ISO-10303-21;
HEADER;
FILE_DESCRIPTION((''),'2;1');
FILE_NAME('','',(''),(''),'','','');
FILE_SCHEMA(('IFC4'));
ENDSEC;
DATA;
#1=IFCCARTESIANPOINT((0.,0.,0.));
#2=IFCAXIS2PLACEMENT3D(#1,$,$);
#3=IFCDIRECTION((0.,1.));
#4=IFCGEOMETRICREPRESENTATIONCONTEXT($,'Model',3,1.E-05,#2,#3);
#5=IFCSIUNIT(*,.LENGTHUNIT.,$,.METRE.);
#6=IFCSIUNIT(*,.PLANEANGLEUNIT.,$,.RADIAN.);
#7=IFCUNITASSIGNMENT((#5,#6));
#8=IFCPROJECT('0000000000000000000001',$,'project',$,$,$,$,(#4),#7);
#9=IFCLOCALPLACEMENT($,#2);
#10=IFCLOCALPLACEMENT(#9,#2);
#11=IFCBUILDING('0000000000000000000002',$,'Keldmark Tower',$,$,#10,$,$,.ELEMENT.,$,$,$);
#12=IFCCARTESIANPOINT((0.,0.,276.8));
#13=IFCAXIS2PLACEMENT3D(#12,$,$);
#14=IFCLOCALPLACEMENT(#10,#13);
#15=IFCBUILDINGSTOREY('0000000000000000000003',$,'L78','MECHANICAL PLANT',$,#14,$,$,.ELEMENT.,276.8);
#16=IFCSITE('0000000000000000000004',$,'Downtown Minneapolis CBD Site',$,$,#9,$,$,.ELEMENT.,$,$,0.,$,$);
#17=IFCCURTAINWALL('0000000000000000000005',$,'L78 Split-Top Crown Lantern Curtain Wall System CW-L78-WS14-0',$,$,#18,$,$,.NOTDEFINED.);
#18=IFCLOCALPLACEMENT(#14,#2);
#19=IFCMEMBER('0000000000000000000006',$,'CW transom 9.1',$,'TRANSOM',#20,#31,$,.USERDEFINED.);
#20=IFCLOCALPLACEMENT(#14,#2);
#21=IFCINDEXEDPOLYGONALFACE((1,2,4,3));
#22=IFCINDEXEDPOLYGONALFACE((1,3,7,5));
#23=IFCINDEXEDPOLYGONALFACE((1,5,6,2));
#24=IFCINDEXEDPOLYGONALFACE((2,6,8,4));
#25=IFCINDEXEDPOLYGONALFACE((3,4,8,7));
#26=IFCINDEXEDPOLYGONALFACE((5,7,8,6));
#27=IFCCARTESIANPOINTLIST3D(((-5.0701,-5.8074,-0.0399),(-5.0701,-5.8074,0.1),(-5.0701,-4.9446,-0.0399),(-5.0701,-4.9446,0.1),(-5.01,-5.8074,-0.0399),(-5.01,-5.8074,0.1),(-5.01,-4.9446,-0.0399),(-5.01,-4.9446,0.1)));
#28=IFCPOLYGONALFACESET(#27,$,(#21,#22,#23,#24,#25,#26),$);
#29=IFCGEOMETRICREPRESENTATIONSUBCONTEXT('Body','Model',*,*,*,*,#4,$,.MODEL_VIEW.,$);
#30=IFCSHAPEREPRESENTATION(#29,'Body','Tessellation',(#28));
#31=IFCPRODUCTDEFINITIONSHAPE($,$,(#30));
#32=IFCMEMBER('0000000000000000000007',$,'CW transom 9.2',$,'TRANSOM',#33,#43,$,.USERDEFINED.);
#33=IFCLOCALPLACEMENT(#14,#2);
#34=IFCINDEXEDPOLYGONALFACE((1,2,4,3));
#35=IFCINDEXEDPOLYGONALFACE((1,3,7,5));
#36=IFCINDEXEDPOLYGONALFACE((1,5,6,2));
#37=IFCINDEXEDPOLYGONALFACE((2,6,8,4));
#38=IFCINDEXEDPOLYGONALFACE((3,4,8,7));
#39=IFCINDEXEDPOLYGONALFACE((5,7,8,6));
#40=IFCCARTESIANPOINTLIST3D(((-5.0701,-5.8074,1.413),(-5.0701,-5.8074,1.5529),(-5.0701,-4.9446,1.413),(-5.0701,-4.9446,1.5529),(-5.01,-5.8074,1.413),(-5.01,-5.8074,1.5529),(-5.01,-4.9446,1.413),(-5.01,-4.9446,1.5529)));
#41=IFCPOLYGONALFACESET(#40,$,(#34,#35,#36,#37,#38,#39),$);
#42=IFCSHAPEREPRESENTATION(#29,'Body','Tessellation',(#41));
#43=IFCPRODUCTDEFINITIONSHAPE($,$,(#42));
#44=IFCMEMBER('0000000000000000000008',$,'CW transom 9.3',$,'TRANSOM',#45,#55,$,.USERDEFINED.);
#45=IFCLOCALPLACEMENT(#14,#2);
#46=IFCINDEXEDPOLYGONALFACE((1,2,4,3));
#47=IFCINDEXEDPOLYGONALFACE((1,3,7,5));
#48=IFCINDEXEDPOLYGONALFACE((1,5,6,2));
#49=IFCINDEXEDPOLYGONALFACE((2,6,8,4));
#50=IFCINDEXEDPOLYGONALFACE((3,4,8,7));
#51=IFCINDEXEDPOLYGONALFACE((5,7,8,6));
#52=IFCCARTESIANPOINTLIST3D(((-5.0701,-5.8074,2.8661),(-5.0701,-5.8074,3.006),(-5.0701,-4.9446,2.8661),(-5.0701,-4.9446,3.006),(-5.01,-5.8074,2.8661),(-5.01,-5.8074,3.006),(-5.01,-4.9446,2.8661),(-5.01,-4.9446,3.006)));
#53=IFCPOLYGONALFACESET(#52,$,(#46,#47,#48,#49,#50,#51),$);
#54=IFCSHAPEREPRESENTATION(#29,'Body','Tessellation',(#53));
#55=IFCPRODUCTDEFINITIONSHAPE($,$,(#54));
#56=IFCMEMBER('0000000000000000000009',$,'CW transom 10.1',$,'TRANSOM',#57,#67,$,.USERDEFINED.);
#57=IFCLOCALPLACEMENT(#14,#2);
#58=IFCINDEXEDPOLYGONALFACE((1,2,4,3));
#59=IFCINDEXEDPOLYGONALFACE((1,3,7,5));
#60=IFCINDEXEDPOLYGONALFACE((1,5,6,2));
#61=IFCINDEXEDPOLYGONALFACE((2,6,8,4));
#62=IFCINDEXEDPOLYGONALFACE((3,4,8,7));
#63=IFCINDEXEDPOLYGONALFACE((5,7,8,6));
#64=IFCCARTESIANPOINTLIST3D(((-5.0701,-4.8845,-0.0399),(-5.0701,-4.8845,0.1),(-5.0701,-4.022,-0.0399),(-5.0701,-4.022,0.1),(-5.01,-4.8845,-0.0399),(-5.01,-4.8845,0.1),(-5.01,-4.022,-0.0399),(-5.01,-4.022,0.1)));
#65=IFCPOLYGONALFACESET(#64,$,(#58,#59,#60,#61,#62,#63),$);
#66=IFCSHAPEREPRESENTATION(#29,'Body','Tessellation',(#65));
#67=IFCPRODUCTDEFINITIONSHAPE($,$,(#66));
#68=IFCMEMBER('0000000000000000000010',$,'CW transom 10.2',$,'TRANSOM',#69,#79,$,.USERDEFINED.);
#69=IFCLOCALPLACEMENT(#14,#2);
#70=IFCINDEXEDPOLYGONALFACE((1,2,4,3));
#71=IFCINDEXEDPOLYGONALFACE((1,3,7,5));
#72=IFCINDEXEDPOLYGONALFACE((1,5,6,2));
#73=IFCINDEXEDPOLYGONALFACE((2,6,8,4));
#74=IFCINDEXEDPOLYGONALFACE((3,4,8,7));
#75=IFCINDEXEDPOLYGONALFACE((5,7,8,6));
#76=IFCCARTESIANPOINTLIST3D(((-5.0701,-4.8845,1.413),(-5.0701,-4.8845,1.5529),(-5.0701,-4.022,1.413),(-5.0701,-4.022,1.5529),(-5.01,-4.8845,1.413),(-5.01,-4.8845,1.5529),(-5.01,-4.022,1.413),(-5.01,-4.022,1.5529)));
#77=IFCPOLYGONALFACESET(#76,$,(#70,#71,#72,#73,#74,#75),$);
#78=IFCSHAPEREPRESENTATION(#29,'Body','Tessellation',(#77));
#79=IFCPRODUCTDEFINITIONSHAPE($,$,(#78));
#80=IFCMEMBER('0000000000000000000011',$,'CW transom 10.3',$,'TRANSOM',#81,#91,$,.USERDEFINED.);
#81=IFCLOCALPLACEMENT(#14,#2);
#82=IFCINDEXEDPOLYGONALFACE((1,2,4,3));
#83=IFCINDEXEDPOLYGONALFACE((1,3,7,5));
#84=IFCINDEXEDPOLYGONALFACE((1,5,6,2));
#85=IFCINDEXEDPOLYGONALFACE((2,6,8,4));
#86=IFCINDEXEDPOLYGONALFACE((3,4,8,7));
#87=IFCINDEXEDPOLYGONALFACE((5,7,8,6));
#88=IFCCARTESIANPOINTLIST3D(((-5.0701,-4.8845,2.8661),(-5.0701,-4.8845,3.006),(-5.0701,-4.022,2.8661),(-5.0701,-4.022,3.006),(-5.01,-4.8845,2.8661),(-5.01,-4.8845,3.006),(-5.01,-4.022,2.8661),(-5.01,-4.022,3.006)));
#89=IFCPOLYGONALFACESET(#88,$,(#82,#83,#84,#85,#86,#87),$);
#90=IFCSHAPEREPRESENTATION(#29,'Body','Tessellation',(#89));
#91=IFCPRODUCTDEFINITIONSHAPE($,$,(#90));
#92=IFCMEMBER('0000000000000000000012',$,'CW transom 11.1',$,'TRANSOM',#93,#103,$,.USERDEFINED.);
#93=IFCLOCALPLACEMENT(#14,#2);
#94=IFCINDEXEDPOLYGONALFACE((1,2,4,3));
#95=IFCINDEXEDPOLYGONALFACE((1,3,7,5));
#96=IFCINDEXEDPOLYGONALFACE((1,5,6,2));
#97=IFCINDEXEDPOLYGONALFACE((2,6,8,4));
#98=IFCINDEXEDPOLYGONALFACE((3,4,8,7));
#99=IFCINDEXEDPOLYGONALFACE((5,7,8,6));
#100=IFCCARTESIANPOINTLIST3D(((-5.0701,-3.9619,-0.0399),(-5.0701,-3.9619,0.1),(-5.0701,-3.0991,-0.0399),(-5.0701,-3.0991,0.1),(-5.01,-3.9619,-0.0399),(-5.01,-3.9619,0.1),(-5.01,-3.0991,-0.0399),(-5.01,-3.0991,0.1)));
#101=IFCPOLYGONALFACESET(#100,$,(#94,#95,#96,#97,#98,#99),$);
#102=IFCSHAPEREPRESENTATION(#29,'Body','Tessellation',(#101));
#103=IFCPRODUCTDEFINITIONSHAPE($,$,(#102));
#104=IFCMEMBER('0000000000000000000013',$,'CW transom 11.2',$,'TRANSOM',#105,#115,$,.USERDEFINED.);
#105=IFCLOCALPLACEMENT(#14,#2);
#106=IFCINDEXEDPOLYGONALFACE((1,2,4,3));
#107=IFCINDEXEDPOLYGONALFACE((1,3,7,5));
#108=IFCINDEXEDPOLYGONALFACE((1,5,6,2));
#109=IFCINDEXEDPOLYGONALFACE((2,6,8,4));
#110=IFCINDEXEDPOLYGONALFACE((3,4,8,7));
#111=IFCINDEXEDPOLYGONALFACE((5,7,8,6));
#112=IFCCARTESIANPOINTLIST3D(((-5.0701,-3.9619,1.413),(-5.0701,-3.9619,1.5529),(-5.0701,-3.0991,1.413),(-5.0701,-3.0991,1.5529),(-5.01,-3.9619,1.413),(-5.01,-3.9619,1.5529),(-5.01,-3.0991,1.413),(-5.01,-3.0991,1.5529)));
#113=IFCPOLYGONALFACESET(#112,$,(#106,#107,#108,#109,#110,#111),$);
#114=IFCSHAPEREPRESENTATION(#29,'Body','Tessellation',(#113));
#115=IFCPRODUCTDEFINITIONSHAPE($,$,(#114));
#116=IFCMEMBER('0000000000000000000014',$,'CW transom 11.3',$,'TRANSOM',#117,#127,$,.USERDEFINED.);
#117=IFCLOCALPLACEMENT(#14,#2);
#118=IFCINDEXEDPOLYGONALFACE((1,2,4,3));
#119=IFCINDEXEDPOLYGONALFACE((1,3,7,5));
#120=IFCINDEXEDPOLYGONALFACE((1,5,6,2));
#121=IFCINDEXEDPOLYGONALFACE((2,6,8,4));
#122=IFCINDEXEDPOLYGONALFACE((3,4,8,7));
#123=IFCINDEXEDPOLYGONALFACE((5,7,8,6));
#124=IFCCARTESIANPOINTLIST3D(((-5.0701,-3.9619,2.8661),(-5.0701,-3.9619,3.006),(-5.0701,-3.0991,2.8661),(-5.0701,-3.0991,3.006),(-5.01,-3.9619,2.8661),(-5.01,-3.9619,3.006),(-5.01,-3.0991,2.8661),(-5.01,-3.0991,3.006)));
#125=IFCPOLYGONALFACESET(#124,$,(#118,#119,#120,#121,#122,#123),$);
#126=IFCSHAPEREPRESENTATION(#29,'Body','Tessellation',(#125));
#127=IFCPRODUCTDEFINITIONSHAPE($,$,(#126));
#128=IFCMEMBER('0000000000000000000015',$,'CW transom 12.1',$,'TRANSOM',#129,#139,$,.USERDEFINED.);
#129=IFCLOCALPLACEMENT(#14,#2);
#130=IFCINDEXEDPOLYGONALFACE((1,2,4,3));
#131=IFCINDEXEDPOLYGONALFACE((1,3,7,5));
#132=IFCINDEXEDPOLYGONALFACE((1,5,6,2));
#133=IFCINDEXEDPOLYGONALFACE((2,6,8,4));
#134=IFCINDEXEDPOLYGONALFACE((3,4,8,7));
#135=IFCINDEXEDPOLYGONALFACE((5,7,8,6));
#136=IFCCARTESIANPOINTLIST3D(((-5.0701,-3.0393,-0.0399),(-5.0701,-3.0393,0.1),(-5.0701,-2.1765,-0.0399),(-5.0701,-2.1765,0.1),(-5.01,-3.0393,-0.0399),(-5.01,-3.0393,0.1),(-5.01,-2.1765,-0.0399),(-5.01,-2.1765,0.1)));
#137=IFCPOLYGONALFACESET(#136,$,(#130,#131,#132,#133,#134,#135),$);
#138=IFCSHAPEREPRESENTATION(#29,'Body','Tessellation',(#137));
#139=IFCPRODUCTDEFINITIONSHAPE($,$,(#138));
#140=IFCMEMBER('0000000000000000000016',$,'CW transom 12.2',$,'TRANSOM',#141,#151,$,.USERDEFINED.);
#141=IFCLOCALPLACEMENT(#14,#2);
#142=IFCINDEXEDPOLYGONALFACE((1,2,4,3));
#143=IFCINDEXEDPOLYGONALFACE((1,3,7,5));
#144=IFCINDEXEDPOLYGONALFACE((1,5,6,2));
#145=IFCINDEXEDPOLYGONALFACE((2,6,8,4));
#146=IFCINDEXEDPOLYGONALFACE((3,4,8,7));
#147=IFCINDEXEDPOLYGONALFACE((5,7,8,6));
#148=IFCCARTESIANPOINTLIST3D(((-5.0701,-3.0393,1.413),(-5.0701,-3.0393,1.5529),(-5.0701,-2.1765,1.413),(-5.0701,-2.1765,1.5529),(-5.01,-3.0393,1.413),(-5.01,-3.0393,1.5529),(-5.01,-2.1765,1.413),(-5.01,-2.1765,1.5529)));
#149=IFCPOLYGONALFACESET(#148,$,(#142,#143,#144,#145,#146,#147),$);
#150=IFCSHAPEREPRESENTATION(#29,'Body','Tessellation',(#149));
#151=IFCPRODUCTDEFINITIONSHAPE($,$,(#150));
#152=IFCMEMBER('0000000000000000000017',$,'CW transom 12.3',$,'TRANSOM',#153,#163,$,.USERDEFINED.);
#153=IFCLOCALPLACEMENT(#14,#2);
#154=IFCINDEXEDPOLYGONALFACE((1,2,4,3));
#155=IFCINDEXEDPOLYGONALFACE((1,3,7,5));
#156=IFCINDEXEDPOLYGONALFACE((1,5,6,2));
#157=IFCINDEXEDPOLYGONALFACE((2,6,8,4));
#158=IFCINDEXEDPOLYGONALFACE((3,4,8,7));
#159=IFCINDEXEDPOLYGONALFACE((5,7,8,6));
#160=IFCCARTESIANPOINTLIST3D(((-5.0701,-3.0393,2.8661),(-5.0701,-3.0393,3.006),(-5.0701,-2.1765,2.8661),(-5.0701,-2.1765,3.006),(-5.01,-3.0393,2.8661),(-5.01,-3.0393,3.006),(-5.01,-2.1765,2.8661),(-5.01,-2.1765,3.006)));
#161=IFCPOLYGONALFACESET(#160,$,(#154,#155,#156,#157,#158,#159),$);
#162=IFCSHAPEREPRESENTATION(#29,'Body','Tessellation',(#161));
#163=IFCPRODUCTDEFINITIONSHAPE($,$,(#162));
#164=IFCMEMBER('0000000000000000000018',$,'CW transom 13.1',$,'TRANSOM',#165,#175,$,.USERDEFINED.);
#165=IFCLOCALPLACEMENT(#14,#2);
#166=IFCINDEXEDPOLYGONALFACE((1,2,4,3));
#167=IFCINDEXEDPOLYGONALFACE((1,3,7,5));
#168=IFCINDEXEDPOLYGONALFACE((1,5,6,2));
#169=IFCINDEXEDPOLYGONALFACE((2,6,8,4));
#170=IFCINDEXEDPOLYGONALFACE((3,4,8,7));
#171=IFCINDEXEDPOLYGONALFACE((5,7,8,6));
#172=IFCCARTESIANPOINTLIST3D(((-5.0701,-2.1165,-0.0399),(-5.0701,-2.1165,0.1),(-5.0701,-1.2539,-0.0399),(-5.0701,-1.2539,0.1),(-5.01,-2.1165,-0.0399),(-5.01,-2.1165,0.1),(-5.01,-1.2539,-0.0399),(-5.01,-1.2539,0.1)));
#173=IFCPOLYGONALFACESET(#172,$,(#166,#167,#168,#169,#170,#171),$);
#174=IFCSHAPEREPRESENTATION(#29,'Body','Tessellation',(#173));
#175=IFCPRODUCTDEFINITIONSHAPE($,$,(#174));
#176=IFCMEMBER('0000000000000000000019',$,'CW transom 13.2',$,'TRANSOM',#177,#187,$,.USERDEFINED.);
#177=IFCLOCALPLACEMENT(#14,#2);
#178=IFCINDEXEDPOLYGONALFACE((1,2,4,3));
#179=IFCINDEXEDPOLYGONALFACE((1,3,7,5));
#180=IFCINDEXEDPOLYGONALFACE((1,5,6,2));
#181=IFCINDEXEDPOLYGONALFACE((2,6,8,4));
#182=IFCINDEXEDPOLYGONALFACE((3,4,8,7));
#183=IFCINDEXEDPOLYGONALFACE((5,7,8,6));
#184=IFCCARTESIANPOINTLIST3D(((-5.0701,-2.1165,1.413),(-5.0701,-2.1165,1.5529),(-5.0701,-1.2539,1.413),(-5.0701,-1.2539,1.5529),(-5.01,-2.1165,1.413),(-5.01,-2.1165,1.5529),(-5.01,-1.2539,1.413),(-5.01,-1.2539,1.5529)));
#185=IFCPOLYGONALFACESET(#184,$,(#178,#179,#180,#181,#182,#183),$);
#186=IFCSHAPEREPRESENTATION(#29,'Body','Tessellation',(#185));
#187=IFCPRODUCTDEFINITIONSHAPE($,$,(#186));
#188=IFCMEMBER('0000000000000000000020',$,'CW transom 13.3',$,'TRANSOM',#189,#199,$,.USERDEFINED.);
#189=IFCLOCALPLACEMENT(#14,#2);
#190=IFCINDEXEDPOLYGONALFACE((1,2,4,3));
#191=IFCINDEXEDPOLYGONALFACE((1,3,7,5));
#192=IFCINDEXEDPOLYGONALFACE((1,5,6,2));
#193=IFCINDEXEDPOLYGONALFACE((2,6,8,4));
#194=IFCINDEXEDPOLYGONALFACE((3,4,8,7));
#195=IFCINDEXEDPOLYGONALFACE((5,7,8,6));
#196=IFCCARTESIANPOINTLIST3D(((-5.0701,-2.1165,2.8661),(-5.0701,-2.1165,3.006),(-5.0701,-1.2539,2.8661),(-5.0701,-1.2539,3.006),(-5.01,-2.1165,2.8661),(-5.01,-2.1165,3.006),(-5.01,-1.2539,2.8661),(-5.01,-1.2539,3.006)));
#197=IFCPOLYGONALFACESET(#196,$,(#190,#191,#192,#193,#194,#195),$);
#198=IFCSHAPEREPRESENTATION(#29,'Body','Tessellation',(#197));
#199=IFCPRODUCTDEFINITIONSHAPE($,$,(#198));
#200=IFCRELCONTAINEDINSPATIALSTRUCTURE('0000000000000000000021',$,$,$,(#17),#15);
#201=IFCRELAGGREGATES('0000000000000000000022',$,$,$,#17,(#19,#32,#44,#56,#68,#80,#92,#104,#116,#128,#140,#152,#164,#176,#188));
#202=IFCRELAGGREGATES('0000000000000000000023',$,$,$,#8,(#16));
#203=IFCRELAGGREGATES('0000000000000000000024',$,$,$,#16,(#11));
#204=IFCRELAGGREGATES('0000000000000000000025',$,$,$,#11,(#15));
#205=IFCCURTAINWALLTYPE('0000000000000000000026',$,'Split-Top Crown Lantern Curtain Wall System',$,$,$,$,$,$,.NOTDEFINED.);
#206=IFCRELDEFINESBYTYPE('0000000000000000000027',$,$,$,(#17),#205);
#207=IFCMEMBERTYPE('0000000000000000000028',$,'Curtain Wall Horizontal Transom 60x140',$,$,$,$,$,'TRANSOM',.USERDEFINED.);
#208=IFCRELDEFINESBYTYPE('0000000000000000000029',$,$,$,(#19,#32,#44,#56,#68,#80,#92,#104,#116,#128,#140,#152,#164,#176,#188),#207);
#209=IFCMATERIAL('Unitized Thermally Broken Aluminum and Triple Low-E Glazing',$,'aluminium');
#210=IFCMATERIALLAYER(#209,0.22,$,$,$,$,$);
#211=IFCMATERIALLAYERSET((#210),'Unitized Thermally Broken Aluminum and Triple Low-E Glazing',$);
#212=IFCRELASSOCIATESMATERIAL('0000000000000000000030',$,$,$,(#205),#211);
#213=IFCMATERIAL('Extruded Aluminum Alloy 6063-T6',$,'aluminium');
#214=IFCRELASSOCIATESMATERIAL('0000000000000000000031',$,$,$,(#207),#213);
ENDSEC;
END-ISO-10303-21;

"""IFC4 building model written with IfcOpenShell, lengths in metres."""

from ifc_helpers import new_model, si_unit, direction, frame, origin, origin_2d, place, context, subcontext, project, spatial, rectangle, extrude, material, layer, layer_set, material_profile, profile_set, type_object, element, aggregate, save


model = new_model("IFC4")

# Units and contexts
model_context = context("Model", 3, precision=1e-05, world=origin(), true_north=direction((0.0, 1.0)))
body_context = subcontext(model_context, "Body", "Model", "MODEL_VIEW")
ifc_project = project(units=[si_unit("LENGTHUNIT", "METRE"), si_unit("PLANEANGLEUNIT", "RADIAN")], contexts=[model_context])

# Site, building, storey
site_placement = place(None, origin())
site = spatial("IfcSite", under=ifc_project, at=site_placement, Name="Downtown Minneapolis CBD Site", CompositionType="ELEMENT", RefElevation=0.0)
building_placement = place(site_placement, origin())
building = spatial("IfcBuilding", under=site, at=building_placement, Name="Keldmark Tower", CompositionType="ELEMENT")
storey_placement = place(building_placement, frame((0.0, 0.0, 276.8)))
storey = spatial("IfcBuildingStorey", under=building, at=storey_placement, Name="L78", Description="MECHANICAL PLANT", CompositionType="ELEMENT", Elevation=276.8)

# Curtain wall, members
ifc_material_1 = material(Name="Unitized Thermally Broken Aluminum and Triple Low-E Glazing", Category="aluminium")
ifc_layer_1 = layer(ifc_material_1, 0.22)
ifc_layer_set_1 = layer_set([ifc_layer_1], Name="Unitized Thermally Broken Aluminum and Triple Low-E Glazing")
curtain_wall_type = type_object("IfcCurtainWallType", Name="Split-Top Crown Lantern Curtain Wall System", PredefinedType="NOTDEFINED", material=ifc_layer_set_1)
curtain_wall_placement = place(storey_placement, origin())
curtain_wall = element("IfcCurtainWall", 1, at=curtain_wall_placement, inside=storey, type_object=curtain_wall_type, Name="L78 Split-Top Crown Lantern Curtain Wall System CW-L78-WS14-0", PredefinedType="NOTDEFINED")
ifc_material_2 = material(Name="Extruded Aluminum Alloy 6063-T6", Category="aluminium")
ifc_material_profile_1 = material_profile(ifc_material_2, rectangle(XDim=0.0601, YDim=0.1399, at=origin_2d()), Name="CWT60X140")
ifc_profile_set_1 = profile_set([ifc_material_profile_1], Name="Extruded Aluminum Alloy 6063-T6")
member_type_1 = type_object("IfcMemberType", Name="Curtain Wall Horizontal Transom 60x140", ElementType="TRANSOM", PredefinedType="USERDEFINED", material=ifc_profile_set_1)
member_1_placement = place(storey_placement, frame((-5.04, -5.8074, 0.03), z_axis=(0.0, 1.0, 0.0), x_axis=(-1.0, 0.0, 0.0)))
member_1 = element("IfcMember", 2, at=member_1_placement, type_object=member_type_1, Name="CW transom 9.1", ObjectType="TRANSOM", PredefinedType="USERDEFINED", context=body_context, shape_type="SweptSolid", body=[
    extrude(rectangle(XDim=0.0601, YDim=0.1399, at=origin_2d()), origin(), (0.0, 0.0, 1.0), 0.8628),
])
member_2_placement = place(storey_placement, frame((-5.04, -5.8074, 1.4829), z_axis=(0.0, 1.0, 0.0), x_axis=(-1.0, 0.0, 0.0)))
member_2 = element("IfcMember", 3, at=member_2_placement, type_object=member_type_1, Name="CW transom 9.2", ObjectType="TRANSOM", PredefinedType="USERDEFINED", context=body_context, shape_type="SweptSolid", body=[
    extrude(rectangle(XDim=0.0601, YDim=0.1399, at=origin_2d()), origin(), (0.0, 0.0, 1.0), 0.8628),
])
member_3_placement = place(storey_placement, frame((-5.04, -5.8074, 2.936), z_axis=(0.0, 1.0, 0.0), x_axis=(-1.0, 0.0, 0.0)))
member_3 = element("IfcMember", 4, at=member_3_placement, type_object=member_type_1, Name="CW transom 9.3", ObjectType="TRANSOM", PredefinedType="USERDEFINED", context=body_context, shape_type="SweptSolid", body=[
    extrude(rectangle(XDim=0.0601, YDim=0.1399, at=origin_2d()), origin(), (0.0, 0.0, 1.0), 0.8628),
])
member_4_placement = place(storey_placement, frame((-5.04, -4.8845, 0.03), z_axis=(0.0, 1.0, 0.0), x_axis=(-1.0, 0.0, 0.0)))
member_4 = element("IfcMember", 5, at=member_4_placement, type_object=member_type_1, Name="CW transom 10.1", ObjectType="TRANSOM", PredefinedType="USERDEFINED", context=body_context, shape_type="SweptSolid", body=[
    extrude(rectangle(XDim=0.0601, YDim=0.1399, at=origin_2d()), origin(), (0.0, 0.0, 1.0), 0.8625),
])
member_5_placement = place(storey_placement, frame((-5.04, -4.8845, 1.4829), z_axis=(0.0, 1.0, 0.0), x_axis=(-1.0, 0.0, 0.0)))
member_5 = element("IfcMember", 6, at=member_5_placement, type_object=member_type_1, Name="CW transom 10.2", ObjectType="TRANSOM", PredefinedType="USERDEFINED", context=body_context, shape_type="SweptSolid", body=[
    extrude(rectangle(XDim=0.0601, YDim=0.1399, at=origin_2d()), origin(), (0.0, 0.0, 1.0), 0.8625),
])
member_6_placement = place(storey_placement, frame((-5.04, -4.8845, 2.936), z_axis=(0.0, 1.0, 0.0), x_axis=(-1.0, 0.0, 0.0)))
member_6 = element("IfcMember", 7, at=member_6_placement, type_object=member_type_1, Name="CW transom 10.3", ObjectType="TRANSOM", PredefinedType="USERDEFINED", context=body_context, shape_type="SweptSolid", body=[
    extrude(rectangle(XDim=0.0601, YDim=0.1399, at=origin_2d()), origin(), (0.0, 0.0, 1.0), 0.8625),
])
member_7_placement = place(storey_placement, frame((-5.04, -3.9619, 0.03), z_axis=(0.0, 1.0, 0.0), x_axis=(-1.0, 0.0, 0.0)))
member_7 = element("IfcMember", 8, at=member_7_placement, type_object=member_type_1, Name="CW transom 11.1", ObjectType="TRANSOM", PredefinedType="USERDEFINED", context=body_context, shape_type="SweptSolid", body=[
    extrude(rectangle(XDim=0.0601, YDim=0.1399, at=origin_2d()), origin(), (0.0, 0.0, 1.0), 0.8628),
])
member_8_placement = place(storey_placement, frame((-5.04, -3.9619, 1.4829), z_axis=(0.0, 1.0, 0.0), x_axis=(-1.0, 0.0, 0.0)))
member_8 = element("IfcMember", 9, at=member_8_placement, type_object=member_type_1, Name="CW transom 11.2", ObjectType="TRANSOM", PredefinedType="USERDEFINED", context=body_context, shape_type="SweptSolid", body=[
    extrude(rectangle(XDim=0.0601, YDim=0.1399, at=origin_2d()), origin(), (0.0, 0.0, 1.0), 0.8628),
])
member_9_placement = place(storey_placement, frame((-5.04, -3.9619, 2.936), z_axis=(0.0, 1.0, 0.0), x_axis=(-1.0, 0.0, 0.0)))
member_9 = element("IfcMember", 10, at=member_9_placement, type_object=member_type_1, Name="CW transom 11.3", ObjectType="TRANSOM", PredefinedType="USERDEFINED", context=body_context, shape_type="SweptSolid", body=[
    extrude(rectangle(XDim=0.0601, YDim=0.1399, at=origin_2d()), origin(), (0.0, 0.0, 1.0), 0.8628),
])
member_10_placement = place(storey_placement, frame((-5.04, -3.0393, 0.03), z_axis=(0.0, 1.0, 0.0), x_axis=(-1.0, 0.0, 0.0)))
member_10 = element("IfcMember", 11, at=member_10_placement, type_object=member_type_1, Name="CW transom 12.1", ObjectType="TRANSOM", PredefinedType="USERDEFINED", context=body_context, shape_type="SweptSolid", body=[
    extrude(rectangle(XDim=0.0601, YDim=0.1399, at=origin_2d()), origin(), (0.0, 0.0, 1.0), 0.8628),
])
member_11_placement = place(storey_placement, frame((-5.04, -3.0393, 1.4829), z_axis=(0.0, 1.0, 0.0), x_axis=(-1.0, 0.0, 0.0)))
member_11 = element("IfcMember", 12, at=member_11_placement, type_object=member_type_1, Name="CW transom 12.2", ObjectType="TRANSOM", PredefinedType="USERDEFINED", context=body_context, shape_type="SweptSolid", body=[
    extrude(rectangle(XDim=0.0601, YDim=0.1399, at=origin_2d()), origin(), (0.0, 0.0, 1.0), 0.8628),
])
member_12_placement = place(storey_placement, frame((-5.04, -3.0393, 2.936), z_axis=(0.0, 1.0, 0.0), x_axis=(-1.0, 0.0, 0.0)))
member_12 = element("IfcMember", 13, at=member_12_placement, type_object=member_type_1, Name="CW transom 12.3", ObjectType="TRANSOM", PredefinedType="USERDEFINED", context=body_context, shape_type="SweptSolid", body=[
    extrude(rectangle(XDim=0.0601, YDim=0.1399, at=origin_2d()), origin(), (0.0, 0.0, 1.0), 0.8628),
])
member_13_placement = place(storey_placement, frame((-5.04, -2.1165, 0.03), z_axis=(0.0, 1.0, 0.0), x_axis=(-1.0, 0.0, 0.0)))
member_13 = element("IfcMember", 14, at=member_13_placement, type_object=member_type_1, Name="CW transom 13.1", ObjectType="TRANSOM", PredefinedType="USERDEFINED", context=body_context, shape_type="SweptSolid", body=[
    extrude(rectangle(XDim=0.0601, YDim=0.1399, at=origin_2d()), origin(), (0.0, 0.0, 1.0), 0.8625),
])
member_14_placement = place(storey_placement, frame((-5.04, -2.1165, 1.4829), z_axis=(0.0, 1.0, 0.0), x_axis=(-1.0, 0.0, 0.0)))
member_14 = element("IfcMember", 15, at=member_14_placement, type_object=member_type_1, Name="CW transom 13.2", ObjectType="TRANSOM", PredefinedType="USERDEFINED", context=body_context, shape_type="SweptSolid", body=[
    extrude(rectangle(XDim=0.0601, YDim=0.1399, at=origin_2d()), origin(), (0.0, 0.0, 1.0), 0.8625),
])
member_15_placement = place(storey_placement, frame((-5.04, -2.1165, 2.936), z_axis=(0.0, 1.0, 0.0), x_axis=(-1.0, 0.0, 0.0)))
member_15 = element("IfcMember", 16, at=member_15_placement, type_object=member_type_1, Name="CW transom 13.3", ObjectType="TRANSOM", PredefinedType="USERDEFINED", context=body_context, shape_type="SweptSolid", body=[
    extrude(rectangle(XDim=0.0601, YDim=0.1399, at=origin_2d()), origin(), (0.0, 0.0, 1.0), 0.8625),
])
aggregate(curtain_wall, [member_1, member_2, member_3, member_4, member_5, member_6, member_7, member_8, member_9, member_10, member_11, member_12, member_13, member_14, member_15])

save(model, "model.ifc")
